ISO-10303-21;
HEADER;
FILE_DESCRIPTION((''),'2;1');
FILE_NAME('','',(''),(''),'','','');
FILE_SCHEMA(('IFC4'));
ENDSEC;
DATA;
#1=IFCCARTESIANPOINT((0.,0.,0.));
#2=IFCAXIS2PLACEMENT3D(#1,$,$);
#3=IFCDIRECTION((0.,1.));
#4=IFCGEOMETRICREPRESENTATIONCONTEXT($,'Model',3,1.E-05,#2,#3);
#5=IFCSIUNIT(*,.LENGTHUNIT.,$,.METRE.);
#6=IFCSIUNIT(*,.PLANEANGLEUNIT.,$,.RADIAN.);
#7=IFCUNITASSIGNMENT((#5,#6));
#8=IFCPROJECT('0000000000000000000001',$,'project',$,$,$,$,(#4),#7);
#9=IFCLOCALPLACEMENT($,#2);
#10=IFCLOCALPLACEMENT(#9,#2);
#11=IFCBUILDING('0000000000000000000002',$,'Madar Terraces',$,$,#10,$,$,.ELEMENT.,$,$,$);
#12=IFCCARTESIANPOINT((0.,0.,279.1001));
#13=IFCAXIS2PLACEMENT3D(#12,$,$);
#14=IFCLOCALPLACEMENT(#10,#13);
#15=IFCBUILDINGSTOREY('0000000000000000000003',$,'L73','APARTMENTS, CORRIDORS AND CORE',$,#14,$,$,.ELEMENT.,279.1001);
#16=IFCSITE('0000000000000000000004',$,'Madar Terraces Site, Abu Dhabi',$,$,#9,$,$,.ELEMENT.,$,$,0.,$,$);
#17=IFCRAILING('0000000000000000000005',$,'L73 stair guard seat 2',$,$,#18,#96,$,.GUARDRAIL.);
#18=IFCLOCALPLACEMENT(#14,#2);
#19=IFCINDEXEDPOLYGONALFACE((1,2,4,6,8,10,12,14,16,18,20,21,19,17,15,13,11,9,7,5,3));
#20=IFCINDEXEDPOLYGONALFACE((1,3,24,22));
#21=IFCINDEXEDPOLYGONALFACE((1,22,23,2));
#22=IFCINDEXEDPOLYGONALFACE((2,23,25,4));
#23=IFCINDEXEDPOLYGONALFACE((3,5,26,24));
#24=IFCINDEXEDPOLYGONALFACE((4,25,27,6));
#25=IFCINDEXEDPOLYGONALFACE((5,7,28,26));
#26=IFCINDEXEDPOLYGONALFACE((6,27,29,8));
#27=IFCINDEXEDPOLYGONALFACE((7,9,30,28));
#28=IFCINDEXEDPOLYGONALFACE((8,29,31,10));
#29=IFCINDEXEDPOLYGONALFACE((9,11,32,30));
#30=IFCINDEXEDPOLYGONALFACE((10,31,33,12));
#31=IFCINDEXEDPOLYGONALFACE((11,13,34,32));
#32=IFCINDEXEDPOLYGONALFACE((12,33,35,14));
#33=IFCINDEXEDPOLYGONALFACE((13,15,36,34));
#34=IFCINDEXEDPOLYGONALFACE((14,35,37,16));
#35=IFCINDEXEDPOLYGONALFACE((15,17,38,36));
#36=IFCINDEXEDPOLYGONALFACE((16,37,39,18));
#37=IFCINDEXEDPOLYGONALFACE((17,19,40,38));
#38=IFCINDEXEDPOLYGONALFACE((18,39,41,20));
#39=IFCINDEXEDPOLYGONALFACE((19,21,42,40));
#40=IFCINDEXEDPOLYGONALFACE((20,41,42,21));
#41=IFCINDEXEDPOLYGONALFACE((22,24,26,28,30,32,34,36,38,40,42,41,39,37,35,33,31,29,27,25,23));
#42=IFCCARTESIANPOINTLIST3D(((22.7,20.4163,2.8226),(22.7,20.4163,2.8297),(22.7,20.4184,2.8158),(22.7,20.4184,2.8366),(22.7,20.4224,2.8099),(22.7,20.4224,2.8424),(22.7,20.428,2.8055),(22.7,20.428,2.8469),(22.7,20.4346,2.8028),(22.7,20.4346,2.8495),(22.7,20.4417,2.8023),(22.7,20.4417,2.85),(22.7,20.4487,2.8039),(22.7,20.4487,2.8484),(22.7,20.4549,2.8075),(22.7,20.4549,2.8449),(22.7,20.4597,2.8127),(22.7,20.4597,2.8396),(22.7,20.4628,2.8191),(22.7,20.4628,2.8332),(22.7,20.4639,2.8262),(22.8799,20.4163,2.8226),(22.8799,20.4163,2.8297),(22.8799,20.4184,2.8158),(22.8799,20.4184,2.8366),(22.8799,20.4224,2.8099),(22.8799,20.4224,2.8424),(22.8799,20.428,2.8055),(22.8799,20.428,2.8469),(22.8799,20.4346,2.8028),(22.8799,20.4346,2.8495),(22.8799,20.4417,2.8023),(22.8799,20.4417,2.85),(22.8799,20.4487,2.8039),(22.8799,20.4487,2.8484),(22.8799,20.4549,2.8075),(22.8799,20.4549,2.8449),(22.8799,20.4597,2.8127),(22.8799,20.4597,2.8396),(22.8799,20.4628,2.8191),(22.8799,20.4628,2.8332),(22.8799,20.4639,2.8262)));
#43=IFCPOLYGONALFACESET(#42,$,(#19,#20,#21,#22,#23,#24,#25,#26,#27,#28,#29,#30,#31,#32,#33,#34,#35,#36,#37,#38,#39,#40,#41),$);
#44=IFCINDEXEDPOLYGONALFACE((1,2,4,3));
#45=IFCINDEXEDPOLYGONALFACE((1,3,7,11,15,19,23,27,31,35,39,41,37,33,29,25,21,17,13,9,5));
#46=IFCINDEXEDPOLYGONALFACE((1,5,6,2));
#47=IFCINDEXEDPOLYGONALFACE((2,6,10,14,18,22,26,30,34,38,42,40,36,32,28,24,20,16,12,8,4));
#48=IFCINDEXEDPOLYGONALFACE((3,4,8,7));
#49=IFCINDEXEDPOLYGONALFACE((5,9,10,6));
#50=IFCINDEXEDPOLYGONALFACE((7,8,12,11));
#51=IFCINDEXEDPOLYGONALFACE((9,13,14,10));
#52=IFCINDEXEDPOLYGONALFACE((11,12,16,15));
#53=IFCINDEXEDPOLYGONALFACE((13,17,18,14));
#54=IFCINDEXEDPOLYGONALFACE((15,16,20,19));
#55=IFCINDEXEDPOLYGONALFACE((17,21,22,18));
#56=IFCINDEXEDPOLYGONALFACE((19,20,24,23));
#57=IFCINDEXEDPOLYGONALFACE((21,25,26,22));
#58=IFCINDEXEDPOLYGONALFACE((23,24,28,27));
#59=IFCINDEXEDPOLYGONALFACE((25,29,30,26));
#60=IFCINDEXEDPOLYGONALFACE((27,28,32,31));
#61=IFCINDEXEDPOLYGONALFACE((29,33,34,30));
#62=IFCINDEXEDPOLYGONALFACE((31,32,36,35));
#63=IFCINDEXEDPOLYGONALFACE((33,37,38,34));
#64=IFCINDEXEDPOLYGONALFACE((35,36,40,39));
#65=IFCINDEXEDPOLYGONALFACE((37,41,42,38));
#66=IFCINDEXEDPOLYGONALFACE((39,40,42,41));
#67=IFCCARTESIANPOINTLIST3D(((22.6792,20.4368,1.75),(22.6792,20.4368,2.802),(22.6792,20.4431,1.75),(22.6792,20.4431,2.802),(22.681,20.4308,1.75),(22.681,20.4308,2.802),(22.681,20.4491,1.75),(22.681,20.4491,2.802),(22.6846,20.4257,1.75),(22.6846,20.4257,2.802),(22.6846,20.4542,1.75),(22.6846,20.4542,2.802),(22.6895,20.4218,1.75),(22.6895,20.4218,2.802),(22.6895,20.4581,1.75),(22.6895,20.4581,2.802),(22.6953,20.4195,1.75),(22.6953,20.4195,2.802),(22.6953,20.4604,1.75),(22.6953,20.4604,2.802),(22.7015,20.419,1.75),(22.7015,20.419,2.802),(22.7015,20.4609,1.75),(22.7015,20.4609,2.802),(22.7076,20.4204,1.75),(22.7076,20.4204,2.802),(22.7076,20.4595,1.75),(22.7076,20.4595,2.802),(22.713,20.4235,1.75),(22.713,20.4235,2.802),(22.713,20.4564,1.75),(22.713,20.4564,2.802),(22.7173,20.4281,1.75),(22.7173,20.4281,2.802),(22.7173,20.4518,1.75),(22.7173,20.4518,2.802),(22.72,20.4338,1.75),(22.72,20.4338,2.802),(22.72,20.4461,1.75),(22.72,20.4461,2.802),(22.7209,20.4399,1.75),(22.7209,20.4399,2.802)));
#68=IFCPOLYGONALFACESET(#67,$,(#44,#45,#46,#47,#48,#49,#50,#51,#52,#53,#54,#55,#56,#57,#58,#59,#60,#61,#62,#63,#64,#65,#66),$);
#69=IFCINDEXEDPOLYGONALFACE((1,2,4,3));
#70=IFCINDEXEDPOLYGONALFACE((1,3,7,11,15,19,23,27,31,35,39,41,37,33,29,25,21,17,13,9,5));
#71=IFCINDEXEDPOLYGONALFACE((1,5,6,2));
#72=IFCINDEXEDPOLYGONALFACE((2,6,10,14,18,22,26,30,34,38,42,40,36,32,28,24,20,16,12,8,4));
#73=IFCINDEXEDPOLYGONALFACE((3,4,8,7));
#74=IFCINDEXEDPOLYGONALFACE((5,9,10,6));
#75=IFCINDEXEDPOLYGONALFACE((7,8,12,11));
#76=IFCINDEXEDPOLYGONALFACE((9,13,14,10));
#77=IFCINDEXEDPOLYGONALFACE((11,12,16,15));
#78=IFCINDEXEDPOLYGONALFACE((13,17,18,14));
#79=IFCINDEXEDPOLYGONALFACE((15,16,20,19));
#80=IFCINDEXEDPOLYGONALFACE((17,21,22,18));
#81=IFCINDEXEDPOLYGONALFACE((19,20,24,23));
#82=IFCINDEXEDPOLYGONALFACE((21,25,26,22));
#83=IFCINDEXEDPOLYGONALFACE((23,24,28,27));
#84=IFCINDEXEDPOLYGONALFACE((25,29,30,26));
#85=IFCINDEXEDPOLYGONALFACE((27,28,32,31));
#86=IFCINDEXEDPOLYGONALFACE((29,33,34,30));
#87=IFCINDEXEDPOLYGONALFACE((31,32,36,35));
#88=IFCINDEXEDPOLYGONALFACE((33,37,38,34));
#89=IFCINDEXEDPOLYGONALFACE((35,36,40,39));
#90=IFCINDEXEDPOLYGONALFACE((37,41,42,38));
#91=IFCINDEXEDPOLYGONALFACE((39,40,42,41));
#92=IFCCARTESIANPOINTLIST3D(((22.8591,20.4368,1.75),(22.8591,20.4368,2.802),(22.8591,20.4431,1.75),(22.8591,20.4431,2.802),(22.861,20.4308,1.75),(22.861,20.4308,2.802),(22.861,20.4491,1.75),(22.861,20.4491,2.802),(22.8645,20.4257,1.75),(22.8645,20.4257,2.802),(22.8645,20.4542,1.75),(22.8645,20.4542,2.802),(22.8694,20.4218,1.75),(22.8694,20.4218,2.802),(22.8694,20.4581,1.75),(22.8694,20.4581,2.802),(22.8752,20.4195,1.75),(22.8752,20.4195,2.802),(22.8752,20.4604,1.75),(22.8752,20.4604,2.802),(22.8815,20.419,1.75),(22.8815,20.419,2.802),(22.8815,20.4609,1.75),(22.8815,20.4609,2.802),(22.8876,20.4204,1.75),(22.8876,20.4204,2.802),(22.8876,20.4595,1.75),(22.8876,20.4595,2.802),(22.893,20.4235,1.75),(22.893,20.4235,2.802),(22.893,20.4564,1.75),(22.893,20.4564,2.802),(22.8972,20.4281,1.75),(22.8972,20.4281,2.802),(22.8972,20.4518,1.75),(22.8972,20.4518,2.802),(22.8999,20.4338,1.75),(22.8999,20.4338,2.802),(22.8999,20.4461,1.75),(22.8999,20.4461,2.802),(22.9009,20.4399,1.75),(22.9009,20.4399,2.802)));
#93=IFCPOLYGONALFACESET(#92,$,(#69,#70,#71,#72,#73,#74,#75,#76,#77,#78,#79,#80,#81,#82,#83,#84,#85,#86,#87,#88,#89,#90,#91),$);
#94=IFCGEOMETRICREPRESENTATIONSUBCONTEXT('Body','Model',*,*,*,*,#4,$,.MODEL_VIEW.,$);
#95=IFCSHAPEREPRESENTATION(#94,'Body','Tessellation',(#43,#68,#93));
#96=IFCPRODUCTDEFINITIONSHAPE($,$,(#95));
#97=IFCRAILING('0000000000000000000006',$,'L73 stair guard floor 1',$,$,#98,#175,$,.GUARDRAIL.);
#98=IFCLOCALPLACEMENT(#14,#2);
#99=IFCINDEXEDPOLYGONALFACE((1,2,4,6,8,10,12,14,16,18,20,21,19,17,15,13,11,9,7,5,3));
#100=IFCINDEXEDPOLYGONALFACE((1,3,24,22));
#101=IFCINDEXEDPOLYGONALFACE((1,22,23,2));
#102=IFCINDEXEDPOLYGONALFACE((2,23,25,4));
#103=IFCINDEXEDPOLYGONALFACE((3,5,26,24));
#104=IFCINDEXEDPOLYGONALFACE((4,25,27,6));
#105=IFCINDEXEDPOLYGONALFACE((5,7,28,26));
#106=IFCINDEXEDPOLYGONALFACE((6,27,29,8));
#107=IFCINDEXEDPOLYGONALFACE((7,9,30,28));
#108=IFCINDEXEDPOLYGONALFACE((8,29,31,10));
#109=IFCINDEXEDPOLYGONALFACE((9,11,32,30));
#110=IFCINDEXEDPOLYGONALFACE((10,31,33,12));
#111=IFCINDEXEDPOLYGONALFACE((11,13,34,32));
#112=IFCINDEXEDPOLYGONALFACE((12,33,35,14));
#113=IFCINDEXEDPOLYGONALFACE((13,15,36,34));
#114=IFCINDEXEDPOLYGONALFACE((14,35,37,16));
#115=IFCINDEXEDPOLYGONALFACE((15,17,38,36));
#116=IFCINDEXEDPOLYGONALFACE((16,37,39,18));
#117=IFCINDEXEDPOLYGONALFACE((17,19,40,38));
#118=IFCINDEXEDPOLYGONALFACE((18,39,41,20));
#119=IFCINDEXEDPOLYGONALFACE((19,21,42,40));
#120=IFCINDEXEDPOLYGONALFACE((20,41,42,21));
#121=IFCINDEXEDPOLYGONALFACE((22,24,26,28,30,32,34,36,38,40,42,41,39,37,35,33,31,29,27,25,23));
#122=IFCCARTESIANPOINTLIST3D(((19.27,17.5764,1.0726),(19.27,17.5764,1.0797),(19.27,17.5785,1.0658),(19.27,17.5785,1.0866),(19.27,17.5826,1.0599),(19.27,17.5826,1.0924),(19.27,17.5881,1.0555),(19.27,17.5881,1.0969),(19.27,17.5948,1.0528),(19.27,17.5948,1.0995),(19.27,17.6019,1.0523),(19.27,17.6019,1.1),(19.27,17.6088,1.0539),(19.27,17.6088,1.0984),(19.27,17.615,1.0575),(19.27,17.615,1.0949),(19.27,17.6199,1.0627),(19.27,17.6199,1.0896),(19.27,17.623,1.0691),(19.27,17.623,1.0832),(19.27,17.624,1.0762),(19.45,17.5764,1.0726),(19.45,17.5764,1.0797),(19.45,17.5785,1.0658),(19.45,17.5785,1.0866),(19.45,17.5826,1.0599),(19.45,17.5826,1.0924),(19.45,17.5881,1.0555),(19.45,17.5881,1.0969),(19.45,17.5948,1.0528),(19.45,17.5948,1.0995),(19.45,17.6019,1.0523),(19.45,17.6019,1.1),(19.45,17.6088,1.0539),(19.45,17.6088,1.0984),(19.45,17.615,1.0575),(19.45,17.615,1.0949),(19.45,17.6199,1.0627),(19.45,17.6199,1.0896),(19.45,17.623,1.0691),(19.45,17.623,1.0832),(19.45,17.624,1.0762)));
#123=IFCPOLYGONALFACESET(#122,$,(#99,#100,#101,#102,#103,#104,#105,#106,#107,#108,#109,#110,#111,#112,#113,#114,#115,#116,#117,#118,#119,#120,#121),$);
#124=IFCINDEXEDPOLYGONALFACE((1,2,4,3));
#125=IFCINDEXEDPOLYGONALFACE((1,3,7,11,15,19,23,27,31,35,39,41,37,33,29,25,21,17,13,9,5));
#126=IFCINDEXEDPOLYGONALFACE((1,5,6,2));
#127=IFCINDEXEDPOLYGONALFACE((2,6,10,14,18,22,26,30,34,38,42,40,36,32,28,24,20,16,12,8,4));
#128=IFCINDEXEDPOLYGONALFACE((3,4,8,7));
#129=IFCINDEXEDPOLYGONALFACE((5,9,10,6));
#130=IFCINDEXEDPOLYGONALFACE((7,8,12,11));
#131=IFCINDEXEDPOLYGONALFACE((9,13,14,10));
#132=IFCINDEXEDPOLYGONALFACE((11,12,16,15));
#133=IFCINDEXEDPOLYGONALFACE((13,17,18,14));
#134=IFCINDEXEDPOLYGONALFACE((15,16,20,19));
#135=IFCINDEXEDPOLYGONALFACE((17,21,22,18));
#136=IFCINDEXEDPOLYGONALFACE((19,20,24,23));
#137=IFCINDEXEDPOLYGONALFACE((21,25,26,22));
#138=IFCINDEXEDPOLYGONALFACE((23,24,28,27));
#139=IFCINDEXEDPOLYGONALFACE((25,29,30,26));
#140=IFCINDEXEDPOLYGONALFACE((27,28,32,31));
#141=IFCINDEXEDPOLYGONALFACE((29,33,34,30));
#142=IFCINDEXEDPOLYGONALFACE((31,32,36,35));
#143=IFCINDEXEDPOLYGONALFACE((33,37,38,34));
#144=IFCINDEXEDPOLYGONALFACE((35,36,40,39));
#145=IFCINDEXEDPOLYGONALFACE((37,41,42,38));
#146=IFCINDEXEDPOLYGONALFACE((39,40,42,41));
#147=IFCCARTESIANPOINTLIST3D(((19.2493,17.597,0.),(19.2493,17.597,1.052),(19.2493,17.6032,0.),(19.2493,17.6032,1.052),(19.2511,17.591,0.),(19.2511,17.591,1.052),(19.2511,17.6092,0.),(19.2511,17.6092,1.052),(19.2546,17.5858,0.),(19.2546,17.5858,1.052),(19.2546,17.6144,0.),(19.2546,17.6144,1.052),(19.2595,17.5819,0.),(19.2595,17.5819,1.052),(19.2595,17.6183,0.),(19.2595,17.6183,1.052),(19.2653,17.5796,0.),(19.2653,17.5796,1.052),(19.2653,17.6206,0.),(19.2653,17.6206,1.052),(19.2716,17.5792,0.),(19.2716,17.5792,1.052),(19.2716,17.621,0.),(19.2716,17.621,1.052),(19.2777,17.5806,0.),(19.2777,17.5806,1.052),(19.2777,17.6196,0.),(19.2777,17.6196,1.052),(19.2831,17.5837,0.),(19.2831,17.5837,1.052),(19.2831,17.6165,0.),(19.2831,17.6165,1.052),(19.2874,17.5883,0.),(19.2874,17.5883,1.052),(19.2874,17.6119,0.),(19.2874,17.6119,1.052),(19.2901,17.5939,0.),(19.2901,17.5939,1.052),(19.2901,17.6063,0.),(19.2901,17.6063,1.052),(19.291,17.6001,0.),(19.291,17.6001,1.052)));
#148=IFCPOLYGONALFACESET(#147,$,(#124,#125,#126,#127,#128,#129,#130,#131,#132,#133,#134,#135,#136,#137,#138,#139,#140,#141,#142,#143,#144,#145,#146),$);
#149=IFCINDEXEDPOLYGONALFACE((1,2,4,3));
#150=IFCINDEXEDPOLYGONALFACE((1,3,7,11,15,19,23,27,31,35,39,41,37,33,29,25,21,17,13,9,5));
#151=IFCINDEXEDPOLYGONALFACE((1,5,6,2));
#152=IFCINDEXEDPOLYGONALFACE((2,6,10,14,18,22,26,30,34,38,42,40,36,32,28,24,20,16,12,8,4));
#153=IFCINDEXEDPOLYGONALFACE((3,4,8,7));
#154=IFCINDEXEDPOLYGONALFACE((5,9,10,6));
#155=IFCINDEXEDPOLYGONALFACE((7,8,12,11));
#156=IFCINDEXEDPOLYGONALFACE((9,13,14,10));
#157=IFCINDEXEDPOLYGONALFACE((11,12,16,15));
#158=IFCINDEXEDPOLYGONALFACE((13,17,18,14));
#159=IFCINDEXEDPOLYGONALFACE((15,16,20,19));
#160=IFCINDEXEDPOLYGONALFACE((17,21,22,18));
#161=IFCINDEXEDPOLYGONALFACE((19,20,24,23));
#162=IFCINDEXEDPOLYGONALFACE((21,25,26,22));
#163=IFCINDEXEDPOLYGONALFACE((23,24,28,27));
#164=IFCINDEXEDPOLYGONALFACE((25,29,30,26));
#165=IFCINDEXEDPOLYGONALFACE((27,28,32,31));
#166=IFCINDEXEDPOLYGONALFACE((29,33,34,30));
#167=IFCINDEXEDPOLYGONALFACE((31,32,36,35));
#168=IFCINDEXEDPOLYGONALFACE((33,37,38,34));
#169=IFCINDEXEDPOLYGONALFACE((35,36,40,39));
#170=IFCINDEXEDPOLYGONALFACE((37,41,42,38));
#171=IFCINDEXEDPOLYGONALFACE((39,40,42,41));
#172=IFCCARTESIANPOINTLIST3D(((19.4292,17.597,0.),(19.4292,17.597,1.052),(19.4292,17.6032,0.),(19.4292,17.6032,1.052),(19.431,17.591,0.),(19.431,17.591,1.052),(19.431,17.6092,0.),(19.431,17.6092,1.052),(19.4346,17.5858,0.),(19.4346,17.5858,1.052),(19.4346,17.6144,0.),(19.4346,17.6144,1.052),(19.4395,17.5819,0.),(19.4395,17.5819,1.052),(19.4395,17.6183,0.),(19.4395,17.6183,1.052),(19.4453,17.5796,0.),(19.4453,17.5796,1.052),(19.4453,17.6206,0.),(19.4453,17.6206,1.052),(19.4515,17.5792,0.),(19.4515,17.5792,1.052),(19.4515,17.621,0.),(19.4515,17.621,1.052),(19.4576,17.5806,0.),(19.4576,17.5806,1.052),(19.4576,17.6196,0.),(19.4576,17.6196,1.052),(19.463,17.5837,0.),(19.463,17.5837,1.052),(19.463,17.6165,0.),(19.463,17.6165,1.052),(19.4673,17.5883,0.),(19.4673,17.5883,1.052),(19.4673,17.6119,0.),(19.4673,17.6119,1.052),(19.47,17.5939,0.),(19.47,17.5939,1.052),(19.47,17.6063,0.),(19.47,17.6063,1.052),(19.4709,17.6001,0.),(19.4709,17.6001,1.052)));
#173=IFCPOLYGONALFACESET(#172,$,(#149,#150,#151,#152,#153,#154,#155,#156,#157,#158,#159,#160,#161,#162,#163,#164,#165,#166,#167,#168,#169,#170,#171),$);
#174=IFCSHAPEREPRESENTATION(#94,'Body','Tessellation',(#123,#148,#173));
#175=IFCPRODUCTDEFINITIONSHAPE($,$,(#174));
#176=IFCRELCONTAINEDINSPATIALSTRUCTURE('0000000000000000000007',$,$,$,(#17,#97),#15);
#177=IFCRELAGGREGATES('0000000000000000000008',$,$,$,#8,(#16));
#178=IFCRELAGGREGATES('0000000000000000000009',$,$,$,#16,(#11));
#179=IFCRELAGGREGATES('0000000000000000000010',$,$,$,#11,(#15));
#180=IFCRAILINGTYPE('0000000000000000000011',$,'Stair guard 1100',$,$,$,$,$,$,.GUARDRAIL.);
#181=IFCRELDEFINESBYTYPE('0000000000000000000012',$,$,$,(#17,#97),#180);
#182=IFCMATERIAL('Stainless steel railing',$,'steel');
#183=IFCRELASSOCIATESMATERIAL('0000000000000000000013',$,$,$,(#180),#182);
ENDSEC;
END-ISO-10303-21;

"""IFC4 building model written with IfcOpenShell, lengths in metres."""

from ifc_helpers import new_model, si_unit, direction, frame, origin, origin_2d, place, context, subcontext, project, spatial, circle, extrude, material, type_object, element, save


model = new_model("IFC4")

# Units and contexts
model_context = context("Model", 3, precision=1e-05, world=origin(), true_north=direction((0.0, 1.0)))
body_context = subcontext(model_context, "Body", "Model", "MODEL_VIEW")
ifc_project = project(units=[si_unit("LENGTHUNIT", "METRE"), si_unit("PLANEANGLEUNIT", "RADIAN")], contexts=[model_context])

# Site, building, storey
site_placement = place(None, origin())
site = spatial("IfcSite", under=ifc_project, at=site_placement, Name="Madar Terraces Site, Abu Dhabi", CompositionType="ELEMENT", RefElevation=0.0)
building_placement = place(site_placement, origin())
building = spatial("IfcBuilding", under=site, at=building_placement, Name="Madar Terraces", CompositionType="ELEMENT")
storey_placement = place(building_placement, frame((0.0, 0.0, 279.1001)))
storey = spatial("IfcBuildingStorey", under=building, at=storey_placement, Name="L73", Description="APARTMENTS, CORRIDORS AND CORE", CompositionType="ELEMENT", Elevation=279.1001)

# Railings
ifc_material_1 = material(Name="Stainless steel railing", Category="steel")
railing_type_1 = type_object("IfcRailingType", Name="Stair guard 1100", PredefinedType="GUARDRAIL", material=ifc_material_1)
for number, where, name in (
    (1, (22.7, 20.4399, 1.75), "L73 stair guard seat 2"),
    (2, (19.27, 17.6001, 0.0), "L73 stair guard floor 1"),
):
    element("IfcRailing", number, at=place(storey_placement, frame(where)), inside=storey, type_object=railing_type_1, Name=name, PredefinedType="GUARDRAIL", context=body_context, shape_type="SweptSolid", body=[
        extrude(circle(Radius=0.0239, at=origin_2d()), frame((0.0, 0.0, 1.0762), z_axis=(1.0, 0.0, 0.0), x_axis=(0.0, 1.0, 0.0)), (0.0, 0.0, 1.0), 0.1799),
        extrude(circle(Radius=0.021, at=origin_2d()), origin(), (0.0, 0.0, 1.0), 1.052),
        extrude(circle(Radius=0.021, at=origin_2d()), frame((0.1799, 0.0, 0.0)), (0.0, 0.0, 1.0), 1.052),
    ])

save(model, "model.ifc")
